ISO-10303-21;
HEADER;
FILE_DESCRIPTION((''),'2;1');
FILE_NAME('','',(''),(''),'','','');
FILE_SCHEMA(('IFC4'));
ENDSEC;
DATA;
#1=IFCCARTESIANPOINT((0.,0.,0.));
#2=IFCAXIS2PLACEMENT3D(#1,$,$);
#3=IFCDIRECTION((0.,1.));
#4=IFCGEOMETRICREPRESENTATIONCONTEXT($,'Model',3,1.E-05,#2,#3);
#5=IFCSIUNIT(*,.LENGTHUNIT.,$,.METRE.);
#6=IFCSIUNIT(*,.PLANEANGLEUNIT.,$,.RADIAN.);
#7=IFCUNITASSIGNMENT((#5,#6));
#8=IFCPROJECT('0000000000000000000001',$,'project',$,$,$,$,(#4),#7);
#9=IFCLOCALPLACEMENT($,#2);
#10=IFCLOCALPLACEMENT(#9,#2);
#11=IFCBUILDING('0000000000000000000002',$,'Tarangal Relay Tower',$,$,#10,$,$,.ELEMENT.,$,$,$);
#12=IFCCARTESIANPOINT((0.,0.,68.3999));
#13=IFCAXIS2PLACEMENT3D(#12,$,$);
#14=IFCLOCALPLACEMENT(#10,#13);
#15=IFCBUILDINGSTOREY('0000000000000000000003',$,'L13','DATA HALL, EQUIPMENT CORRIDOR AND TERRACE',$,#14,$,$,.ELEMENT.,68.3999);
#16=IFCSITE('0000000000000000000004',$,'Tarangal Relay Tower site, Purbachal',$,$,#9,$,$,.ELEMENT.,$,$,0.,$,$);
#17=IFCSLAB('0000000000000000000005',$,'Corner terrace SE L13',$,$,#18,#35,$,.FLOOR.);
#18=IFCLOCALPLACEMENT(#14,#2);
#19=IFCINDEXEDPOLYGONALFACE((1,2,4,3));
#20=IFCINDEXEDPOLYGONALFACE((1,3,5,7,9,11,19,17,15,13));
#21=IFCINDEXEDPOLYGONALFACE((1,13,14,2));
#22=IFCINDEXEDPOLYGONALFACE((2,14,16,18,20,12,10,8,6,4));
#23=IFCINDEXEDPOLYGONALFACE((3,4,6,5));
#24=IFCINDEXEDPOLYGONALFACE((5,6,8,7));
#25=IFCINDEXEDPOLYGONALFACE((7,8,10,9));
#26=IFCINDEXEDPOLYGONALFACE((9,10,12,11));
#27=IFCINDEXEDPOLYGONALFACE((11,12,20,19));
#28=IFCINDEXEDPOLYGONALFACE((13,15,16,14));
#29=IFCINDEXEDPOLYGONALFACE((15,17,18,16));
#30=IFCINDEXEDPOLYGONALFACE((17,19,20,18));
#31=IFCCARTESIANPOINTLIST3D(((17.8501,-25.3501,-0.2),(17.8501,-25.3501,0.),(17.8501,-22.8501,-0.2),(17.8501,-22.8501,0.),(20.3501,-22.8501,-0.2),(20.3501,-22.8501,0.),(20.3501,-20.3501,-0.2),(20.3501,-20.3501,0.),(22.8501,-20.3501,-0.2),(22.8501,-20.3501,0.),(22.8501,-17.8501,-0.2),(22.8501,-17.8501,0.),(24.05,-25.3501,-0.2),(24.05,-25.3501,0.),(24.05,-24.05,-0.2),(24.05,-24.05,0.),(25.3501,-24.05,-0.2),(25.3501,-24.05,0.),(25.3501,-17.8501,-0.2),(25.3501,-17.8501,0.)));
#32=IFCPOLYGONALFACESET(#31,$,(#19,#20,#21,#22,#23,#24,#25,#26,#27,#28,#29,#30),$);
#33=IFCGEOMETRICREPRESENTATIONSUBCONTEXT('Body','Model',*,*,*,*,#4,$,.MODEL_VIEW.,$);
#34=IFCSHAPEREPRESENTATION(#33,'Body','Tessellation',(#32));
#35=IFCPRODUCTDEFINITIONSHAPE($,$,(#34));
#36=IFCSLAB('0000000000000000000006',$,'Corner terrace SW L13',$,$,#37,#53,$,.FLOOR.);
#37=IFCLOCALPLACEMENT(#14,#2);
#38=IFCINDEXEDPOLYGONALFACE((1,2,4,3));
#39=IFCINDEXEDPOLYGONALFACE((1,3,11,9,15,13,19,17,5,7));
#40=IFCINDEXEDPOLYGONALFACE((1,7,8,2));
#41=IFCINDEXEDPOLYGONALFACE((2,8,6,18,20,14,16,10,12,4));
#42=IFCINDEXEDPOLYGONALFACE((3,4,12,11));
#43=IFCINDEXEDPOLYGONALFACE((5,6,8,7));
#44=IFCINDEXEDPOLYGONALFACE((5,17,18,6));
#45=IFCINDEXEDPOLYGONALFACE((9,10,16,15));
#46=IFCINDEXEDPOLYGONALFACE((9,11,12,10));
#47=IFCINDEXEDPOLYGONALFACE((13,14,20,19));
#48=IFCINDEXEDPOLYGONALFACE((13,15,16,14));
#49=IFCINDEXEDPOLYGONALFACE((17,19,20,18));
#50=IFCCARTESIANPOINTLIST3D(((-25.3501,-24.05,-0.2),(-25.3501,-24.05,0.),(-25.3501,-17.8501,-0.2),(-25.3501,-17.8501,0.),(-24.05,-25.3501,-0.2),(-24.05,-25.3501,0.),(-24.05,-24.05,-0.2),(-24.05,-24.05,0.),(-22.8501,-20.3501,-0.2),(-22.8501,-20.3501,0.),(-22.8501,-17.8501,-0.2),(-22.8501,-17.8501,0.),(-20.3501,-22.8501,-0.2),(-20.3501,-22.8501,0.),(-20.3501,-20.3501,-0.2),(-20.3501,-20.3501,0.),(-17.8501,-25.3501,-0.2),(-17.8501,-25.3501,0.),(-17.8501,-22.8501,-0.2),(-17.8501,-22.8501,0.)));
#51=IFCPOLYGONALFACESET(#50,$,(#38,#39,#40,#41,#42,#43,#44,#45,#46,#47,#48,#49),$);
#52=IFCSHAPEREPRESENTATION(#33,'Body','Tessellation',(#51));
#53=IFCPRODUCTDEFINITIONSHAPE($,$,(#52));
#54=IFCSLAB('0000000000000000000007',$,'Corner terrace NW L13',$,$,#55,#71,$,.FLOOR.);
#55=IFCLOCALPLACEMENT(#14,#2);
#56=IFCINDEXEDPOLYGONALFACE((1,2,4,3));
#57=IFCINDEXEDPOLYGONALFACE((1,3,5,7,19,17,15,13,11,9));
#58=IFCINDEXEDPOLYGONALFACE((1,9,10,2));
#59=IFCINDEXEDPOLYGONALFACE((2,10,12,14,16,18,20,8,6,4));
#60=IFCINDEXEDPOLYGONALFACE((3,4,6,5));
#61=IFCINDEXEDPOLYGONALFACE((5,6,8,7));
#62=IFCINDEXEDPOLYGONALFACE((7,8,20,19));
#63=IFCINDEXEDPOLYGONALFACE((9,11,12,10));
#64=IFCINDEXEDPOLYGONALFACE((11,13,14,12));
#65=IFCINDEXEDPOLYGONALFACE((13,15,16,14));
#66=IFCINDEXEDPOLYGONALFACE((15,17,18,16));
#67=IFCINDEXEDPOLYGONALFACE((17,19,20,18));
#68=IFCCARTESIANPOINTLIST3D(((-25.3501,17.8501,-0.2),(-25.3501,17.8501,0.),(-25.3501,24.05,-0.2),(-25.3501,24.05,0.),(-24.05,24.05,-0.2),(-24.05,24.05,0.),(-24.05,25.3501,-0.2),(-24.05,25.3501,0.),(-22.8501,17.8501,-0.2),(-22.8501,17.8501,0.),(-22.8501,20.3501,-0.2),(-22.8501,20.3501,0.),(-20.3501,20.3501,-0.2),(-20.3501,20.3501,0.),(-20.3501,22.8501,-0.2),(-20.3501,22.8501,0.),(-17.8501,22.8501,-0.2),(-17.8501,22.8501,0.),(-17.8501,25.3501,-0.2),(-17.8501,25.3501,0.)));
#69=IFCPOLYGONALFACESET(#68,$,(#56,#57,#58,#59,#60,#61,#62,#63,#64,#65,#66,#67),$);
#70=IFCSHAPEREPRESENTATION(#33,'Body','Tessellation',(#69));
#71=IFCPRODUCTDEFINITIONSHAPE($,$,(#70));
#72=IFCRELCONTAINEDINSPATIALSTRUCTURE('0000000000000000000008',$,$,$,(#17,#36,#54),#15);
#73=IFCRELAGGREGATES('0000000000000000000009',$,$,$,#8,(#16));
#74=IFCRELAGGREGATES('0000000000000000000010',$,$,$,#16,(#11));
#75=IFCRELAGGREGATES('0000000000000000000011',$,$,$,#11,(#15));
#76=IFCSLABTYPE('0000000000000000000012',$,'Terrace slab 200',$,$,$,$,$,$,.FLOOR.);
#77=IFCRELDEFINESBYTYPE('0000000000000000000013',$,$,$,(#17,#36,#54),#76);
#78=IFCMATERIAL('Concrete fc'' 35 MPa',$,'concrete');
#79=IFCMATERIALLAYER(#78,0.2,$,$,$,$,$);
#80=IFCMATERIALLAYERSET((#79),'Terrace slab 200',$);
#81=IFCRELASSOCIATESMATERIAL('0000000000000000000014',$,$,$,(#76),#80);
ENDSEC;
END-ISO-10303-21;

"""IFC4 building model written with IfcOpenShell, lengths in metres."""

from ifc_helpers import new_model, si_unit, direction, frame, origin, place, context, subcontext, project, spatial, polyline, outline, extrude, material, layer, layer_set, type_object, element, save


model = new_model("IFC4")

# Units and contexts
model_context = context("Model", 3, precision=1e-05, world=origin(), true_north=direction((0.0, 1.0)))
body_context = subcontext(model_context, "Body", "Model", "MODEL_VIEW")
ifc_project = project(units=[si_unit("LENGTHUNIT", "METRE"), si_unit("PLANEANGLEUNIT", "RADIAN")], contexts=[model_context])

# Site, building, storey
site_placement = place(None, origin())
site = spatial("IfcSite", under=ifc_project, at=site_placement, Name="Tarangal Relay Tower site, Purbachal", CompositionType="ELEMENT", RefElevation=0.0)
building_placement = place(site_placement, origin())
building = spatial("IfcBuilding", under=site, at=building_placement, Name="Tarangal Relay Tower", CompositionType="ELEMENT")
storey_placement = place(building_placement, frame((0.0, 0.0, 68.3999)))
storey = spatial("IfcBuildingStorey", under=building, at=storey_placement, Name="L13", Description="DATA HALL, EQUIPMENT CORRIDOR AND TERRACE", CompositionType="ELEMENT", Elevation=68.3999)

# Slabs
ifc_material_1 = material(Name="Concrete fc' 35 MPa", Category="concrete")
ifc_layer_1 = layer(ifc_material_1, 0.2)
ifc_layer_set_1 = layer_set([ifc_layer_1], Name="Terrace slab 200")
slab_type = type_object("IfcSlabType", Name="Terrace slab 200", PredefinedType="FLOOR", material=ifc_layer_set_1)
slab_1_placement = place(storey_placement, frame((0.0, 0.0, -0.2)))
element("IfcSlab", 1, at=slab_1_placement, inside=storey, type_object=slab_type, Name="Corner terrace SE L13", PredefinedType="FLOOR", context=body_context, shape_type="SweptSolid", body=[
    extrude(outline(polyline([(25.3501, -17.8501), (22.8501, -17.8501), (22.8501, -20.3501), (20.3501, -20.3501), (20.3501, -22.8501), (17.8501, -22.8501), (17.8501, -25.3501), (24.05, -25.3501), (24.05, -24.05), (25.3501, -24.05), (25.3501, -17.8501)])), origin(), (0.0, 0.0, 1.0), 0.2),
])
slab_2_placement = place(storey_placement, frame((0.0, 0.0, -0.2)))
element("IfcSlab", 2, at=slab_2_placement, inside=storey, type_object=slab_type, Name="Corner terrace SW L13", PredefinedType="FLOOR", context=body_context, shape_type="SweptSolid", body=[
    extrude(outline(polyline([(-17.8501, -25.3501), (-17.8501, -22.8501), (-20.3501, -22.8501), (-20.3501, -20.3501), (-22.8501, -20.3501), (-22.8501, -17.8501), (-25.3501, -17.8501), (-25.3501, -24.05), (-24.05, -24.05), (-24.05, -25.3501), (-17.8501, -25.3501)])), origin(), (0.0, 0.0, 1.0), 0.2),
])
slab_3_placement = place(storey_placement, frame((0.0, 0.0, -0.2)))
element("IfcSlab", 3, at=slab_3_placement, inside=storey, type_object=slab_type, Name="Corner terrace NW L13", PredefinedType="FLOOR", context=body_context, shape_type="SweptSolid", body=[
    extrude(outline(polyline([(-25.3501, 17.8501), (-22.8501, 17.8501), (-22.8501, 20.3501), (-20.3501, 20.3501), (-20.3501, 22.8501), (-17.8501, 22.8501), (-17.8501, 25.3501), (-24.05, 25.3501), (-24.05, 24.05), (-25.3501, 24.05), (-25.3501, 17.8501)])), origin(), (0.0, 0.0, 1.0), 0.2),
])

save(model, "model.ifc")
